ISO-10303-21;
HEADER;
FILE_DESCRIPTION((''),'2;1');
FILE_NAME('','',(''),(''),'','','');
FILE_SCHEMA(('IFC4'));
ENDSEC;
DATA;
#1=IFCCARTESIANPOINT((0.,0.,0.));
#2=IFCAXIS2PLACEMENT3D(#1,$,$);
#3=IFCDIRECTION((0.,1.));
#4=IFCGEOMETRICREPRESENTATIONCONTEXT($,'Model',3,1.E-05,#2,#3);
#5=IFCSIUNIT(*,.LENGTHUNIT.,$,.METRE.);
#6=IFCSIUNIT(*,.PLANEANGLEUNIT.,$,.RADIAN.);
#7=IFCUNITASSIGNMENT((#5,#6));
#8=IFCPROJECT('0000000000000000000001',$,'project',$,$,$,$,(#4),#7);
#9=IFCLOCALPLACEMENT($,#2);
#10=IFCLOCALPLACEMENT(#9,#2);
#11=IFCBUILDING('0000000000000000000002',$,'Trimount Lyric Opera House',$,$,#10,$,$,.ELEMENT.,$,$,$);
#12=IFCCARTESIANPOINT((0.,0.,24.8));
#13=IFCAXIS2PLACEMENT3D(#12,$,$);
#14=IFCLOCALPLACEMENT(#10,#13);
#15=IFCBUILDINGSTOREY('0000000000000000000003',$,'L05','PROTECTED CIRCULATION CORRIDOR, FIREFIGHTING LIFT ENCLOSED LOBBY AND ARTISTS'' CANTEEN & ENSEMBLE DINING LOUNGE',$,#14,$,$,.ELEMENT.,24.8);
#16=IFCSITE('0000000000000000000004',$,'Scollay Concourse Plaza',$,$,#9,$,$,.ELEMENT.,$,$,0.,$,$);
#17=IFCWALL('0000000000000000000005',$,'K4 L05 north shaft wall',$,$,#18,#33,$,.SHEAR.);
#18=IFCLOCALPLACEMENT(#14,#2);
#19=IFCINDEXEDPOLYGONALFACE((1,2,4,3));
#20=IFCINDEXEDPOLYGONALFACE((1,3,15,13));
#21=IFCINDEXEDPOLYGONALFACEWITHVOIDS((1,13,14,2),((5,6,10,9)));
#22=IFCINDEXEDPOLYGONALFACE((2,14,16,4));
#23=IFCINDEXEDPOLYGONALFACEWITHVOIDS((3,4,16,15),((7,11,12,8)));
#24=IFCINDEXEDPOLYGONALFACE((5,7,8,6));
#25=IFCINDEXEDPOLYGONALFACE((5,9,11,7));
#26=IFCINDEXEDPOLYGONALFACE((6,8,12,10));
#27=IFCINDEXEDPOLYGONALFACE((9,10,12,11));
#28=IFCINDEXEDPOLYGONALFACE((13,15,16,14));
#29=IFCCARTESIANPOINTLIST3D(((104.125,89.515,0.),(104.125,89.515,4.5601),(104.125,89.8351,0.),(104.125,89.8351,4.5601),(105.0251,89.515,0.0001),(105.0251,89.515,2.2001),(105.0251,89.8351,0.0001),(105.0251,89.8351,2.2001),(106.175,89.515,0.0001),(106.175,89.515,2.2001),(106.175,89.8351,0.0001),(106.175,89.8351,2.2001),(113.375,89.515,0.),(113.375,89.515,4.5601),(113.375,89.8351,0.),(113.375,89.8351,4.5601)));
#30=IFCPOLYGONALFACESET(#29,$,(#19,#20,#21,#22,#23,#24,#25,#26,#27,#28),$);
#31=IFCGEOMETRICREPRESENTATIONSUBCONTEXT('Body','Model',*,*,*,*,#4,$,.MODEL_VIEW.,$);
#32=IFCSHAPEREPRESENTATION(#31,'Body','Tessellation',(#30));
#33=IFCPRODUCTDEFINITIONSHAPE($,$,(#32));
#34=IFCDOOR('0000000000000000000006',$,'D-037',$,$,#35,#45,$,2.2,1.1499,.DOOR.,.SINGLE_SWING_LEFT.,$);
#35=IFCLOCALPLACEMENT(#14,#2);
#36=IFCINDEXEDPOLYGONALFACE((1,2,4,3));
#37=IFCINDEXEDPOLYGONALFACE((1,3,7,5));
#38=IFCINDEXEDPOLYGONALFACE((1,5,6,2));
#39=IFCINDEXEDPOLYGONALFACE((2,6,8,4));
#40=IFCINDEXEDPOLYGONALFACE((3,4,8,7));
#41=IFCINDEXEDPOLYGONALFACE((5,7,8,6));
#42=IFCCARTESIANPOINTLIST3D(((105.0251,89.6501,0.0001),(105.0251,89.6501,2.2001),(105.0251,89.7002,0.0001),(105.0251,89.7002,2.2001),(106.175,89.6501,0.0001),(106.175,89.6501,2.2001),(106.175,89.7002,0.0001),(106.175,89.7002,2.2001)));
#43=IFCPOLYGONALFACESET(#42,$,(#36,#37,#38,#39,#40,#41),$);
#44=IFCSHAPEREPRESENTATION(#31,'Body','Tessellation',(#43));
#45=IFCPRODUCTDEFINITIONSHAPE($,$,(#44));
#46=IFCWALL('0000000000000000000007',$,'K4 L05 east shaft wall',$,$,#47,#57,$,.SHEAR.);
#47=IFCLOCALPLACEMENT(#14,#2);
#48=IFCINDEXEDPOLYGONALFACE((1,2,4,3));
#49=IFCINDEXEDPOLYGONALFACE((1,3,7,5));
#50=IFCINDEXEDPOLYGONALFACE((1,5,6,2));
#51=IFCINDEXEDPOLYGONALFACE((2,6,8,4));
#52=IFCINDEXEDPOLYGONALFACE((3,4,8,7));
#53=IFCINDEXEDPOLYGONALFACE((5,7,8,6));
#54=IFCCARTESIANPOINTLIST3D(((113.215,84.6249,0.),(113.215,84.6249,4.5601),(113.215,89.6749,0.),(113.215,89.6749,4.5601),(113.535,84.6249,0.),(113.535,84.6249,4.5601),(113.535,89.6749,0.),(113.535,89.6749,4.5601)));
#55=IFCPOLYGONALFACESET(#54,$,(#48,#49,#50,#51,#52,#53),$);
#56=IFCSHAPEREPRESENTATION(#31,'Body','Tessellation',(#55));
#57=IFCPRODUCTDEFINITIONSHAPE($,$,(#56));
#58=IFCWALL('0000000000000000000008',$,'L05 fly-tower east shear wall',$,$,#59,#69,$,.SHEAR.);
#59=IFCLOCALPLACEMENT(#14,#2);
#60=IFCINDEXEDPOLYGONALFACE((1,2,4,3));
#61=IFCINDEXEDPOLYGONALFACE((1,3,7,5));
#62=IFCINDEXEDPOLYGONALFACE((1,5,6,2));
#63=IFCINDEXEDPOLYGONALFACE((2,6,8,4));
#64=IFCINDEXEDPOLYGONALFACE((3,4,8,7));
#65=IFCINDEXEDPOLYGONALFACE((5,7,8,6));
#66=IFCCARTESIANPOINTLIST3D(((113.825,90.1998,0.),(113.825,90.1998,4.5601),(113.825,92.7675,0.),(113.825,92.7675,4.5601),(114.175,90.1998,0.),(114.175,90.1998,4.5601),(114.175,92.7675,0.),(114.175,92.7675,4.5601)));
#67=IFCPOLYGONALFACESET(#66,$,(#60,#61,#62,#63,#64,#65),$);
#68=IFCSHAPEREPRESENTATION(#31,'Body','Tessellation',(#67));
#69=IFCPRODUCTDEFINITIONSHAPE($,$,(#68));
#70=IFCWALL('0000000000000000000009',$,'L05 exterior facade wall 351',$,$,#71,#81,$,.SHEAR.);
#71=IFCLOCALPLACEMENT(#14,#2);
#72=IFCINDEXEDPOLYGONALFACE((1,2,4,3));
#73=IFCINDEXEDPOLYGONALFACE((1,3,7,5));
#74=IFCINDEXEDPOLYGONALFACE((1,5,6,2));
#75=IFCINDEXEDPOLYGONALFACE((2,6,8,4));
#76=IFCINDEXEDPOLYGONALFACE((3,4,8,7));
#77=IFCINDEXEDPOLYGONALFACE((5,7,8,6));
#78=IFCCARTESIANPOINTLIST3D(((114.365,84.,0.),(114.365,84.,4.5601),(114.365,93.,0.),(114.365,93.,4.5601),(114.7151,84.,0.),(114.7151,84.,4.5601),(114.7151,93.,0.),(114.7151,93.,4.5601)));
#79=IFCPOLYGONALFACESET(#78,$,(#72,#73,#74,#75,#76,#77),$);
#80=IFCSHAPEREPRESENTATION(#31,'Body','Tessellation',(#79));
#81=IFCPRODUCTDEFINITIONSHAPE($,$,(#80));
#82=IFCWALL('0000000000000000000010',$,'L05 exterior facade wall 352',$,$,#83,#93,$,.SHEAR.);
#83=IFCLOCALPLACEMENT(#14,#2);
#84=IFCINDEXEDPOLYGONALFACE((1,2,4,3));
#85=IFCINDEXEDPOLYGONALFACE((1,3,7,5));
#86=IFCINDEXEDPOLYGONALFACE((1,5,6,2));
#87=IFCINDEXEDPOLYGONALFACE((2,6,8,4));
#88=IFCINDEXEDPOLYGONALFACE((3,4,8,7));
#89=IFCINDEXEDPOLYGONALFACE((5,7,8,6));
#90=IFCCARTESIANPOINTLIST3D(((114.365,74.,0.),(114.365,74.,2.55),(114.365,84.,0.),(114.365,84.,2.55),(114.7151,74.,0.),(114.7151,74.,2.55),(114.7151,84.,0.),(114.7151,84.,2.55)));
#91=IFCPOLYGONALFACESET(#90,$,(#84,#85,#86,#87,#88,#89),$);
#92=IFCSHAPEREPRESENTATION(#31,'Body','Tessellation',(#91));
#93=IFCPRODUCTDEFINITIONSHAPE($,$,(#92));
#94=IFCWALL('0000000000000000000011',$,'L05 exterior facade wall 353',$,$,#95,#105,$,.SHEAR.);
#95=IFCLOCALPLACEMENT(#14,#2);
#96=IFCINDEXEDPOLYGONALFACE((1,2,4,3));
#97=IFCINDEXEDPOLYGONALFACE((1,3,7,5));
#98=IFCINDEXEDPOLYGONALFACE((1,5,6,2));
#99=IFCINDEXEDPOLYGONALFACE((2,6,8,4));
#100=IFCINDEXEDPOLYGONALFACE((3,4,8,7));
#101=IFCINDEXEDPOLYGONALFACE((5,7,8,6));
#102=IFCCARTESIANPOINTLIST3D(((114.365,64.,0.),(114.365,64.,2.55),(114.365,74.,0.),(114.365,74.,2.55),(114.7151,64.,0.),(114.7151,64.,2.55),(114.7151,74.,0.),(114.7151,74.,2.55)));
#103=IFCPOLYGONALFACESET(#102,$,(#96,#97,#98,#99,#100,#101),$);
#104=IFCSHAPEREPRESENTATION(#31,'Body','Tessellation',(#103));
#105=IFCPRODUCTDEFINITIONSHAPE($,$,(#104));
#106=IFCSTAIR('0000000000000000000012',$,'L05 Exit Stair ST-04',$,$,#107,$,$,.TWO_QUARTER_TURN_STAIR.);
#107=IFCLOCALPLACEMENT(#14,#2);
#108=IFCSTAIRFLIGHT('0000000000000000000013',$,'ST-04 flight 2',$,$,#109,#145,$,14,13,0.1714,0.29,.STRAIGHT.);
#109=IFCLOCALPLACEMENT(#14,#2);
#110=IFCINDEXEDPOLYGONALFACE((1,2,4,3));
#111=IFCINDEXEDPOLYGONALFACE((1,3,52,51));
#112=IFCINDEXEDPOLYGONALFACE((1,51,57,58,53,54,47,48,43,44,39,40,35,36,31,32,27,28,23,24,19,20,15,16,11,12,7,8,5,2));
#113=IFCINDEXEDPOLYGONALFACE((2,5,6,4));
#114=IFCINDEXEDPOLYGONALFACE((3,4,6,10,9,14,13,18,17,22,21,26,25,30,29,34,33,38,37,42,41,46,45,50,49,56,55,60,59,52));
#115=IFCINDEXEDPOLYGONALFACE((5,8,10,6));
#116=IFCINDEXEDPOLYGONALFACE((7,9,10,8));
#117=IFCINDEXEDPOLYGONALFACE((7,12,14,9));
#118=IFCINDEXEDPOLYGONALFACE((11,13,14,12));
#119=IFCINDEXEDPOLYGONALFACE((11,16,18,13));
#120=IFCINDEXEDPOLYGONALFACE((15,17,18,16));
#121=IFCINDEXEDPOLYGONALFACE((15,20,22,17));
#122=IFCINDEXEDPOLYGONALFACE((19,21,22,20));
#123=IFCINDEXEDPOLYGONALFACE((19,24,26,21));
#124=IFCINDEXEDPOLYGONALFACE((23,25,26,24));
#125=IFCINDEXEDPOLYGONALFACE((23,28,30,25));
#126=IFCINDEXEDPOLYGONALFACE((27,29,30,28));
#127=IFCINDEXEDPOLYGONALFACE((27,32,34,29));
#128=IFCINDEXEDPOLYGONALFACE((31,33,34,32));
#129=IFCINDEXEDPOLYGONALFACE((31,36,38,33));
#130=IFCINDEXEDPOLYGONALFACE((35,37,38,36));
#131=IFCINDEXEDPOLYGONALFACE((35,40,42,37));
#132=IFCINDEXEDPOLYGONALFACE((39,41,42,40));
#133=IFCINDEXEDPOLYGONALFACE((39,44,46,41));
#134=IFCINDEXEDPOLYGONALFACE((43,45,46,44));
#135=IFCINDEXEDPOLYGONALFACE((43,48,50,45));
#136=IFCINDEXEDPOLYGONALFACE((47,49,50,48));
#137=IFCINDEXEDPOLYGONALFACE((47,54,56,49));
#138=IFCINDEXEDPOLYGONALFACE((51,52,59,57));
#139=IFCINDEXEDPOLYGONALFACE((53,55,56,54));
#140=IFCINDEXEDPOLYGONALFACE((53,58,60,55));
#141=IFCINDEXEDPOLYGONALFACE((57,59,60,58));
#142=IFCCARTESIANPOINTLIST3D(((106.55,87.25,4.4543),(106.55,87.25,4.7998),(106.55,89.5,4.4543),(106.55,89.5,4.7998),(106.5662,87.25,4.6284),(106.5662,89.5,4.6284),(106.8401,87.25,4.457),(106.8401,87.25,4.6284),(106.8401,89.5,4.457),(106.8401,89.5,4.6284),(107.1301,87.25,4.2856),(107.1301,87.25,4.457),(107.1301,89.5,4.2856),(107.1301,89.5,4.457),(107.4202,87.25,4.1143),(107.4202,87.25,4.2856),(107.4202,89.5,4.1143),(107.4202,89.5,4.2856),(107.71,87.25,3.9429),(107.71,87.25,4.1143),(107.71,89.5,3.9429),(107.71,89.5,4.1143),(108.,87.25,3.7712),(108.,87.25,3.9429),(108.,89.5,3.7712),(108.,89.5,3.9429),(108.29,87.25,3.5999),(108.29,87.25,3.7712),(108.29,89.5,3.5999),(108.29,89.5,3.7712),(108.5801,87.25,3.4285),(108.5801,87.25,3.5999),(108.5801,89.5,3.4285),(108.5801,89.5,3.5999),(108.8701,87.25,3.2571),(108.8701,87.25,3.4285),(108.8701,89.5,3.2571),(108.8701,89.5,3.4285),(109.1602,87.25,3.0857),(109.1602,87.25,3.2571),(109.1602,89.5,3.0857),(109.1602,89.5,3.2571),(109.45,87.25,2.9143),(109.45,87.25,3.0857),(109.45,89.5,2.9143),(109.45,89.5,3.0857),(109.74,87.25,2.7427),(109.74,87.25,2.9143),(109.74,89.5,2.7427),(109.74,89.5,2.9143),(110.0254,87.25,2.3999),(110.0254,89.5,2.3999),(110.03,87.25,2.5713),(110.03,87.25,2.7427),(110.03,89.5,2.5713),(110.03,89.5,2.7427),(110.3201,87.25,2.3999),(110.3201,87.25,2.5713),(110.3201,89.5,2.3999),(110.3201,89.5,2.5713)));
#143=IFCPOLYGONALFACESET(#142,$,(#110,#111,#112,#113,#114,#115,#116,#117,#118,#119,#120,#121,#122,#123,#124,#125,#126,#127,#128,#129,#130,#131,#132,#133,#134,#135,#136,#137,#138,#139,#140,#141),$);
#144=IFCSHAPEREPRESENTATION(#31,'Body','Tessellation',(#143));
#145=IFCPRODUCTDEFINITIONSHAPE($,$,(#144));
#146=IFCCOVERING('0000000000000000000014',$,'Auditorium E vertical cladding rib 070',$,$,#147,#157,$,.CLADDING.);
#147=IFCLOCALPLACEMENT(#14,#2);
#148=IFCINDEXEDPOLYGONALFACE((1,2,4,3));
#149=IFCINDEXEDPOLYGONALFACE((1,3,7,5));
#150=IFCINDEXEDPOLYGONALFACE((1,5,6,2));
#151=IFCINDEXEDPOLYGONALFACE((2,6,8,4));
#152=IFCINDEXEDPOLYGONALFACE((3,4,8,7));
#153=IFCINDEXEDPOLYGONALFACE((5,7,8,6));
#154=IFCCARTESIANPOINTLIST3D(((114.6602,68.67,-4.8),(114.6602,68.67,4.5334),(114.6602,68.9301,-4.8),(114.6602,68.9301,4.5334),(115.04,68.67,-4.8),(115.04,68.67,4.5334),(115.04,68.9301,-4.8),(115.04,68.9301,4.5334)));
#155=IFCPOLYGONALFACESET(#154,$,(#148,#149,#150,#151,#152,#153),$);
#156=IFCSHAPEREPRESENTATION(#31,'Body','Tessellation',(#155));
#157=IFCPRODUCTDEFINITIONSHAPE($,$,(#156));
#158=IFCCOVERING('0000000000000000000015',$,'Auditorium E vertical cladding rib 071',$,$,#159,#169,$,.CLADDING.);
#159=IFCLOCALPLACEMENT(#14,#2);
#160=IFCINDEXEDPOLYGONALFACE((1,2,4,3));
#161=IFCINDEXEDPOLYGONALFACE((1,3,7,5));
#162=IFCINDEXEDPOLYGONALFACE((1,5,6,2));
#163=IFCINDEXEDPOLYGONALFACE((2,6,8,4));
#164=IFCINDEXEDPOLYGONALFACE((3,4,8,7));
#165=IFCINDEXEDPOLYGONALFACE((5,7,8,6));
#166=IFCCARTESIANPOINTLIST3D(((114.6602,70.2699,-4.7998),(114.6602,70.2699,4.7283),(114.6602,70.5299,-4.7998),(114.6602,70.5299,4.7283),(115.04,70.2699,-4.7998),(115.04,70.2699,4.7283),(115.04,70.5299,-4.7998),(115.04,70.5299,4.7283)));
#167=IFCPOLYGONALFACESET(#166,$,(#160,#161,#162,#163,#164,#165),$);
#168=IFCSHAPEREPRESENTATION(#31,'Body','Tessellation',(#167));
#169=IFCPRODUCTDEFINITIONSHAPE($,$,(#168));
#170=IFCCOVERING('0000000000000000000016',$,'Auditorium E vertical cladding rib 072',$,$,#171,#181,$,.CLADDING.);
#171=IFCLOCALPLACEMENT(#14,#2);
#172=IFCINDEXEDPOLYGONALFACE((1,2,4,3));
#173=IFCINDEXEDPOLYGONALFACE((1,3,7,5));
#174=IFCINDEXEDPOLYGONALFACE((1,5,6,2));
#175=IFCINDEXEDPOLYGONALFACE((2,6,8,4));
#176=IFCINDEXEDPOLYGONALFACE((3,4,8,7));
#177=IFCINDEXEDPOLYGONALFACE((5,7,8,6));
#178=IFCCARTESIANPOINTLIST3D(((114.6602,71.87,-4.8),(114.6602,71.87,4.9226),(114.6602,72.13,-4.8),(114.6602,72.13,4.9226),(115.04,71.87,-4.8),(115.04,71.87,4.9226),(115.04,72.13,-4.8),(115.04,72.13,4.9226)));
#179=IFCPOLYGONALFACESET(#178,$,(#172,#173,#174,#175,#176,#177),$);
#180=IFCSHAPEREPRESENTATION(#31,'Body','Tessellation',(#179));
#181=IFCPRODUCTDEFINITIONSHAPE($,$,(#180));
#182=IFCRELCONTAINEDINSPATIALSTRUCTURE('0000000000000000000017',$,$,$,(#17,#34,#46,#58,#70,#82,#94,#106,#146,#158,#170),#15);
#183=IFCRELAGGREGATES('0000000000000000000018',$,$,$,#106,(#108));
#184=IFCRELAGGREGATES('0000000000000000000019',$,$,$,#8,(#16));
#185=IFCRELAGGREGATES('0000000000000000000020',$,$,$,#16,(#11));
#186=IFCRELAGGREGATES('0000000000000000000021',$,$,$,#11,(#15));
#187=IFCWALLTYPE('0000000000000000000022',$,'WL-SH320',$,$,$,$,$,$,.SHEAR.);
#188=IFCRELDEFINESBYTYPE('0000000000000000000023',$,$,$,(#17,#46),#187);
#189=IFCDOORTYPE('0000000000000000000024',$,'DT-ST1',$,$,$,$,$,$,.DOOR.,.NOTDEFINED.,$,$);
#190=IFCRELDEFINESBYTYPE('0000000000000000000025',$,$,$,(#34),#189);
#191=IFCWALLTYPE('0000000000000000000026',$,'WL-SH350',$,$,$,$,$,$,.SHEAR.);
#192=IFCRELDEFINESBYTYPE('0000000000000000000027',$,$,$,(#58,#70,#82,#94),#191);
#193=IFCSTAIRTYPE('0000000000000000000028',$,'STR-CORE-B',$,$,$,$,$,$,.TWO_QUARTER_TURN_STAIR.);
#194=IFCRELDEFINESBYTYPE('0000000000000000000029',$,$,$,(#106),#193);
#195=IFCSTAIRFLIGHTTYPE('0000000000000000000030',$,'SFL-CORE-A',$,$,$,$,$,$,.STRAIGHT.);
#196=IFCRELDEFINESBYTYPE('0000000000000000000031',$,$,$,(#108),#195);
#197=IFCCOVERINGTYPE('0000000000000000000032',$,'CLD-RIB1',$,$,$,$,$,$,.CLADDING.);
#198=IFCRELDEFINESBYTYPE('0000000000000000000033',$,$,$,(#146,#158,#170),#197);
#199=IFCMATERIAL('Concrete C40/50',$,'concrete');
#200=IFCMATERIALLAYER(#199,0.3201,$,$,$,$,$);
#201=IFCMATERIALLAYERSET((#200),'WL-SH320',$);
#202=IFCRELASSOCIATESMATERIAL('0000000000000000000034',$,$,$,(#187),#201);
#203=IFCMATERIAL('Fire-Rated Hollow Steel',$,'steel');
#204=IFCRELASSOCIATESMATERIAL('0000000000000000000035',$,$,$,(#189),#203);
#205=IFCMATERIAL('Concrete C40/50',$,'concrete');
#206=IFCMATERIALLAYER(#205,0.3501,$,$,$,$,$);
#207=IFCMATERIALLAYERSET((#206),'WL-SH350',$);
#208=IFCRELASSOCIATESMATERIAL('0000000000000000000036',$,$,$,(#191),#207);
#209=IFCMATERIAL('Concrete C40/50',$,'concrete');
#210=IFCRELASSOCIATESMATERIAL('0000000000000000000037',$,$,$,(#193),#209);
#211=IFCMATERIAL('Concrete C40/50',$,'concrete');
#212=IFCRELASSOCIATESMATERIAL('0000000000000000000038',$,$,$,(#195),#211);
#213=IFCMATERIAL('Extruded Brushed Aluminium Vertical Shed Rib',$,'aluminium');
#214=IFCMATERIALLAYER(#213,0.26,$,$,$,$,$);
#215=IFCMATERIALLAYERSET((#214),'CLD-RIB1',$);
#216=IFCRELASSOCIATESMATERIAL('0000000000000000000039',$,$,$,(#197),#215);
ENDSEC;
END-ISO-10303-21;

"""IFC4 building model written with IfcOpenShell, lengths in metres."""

from ifc_helpers import new_model, si_unit, direction, frame, frame_2d, origin, origin_2d, place, context, subcontext, project, spatial, polyline, rectangle, outline, extrude, material, layer, layer_set, type_object, element, fill, aggregate, save


model = new_model("IFC4")

# Units and contexts
model_context = context("Model", 3, precision=1e-05, world=origin(), true_north=direction((0.0, 1.0)))
body_context = subcontext(model_context, "Body", "Model", "MODEL_VIEW")
ifc_project = project(units=[si_unit("LENGTHUNIT", "METRE"), si_unit("PLANEANGLEUNIT", "RADIAN")], contexts=[model_context])

# Site, building, storey
site_placement = place(None, origin())
site = spatial("IfcSite", under=ifc_project, at=site_placement, Name="Scollay Concourse Plaza", CompositionType="ELEMENT", RefElevation=0.0)
building_placement = place(site_placement, origin())
building = spatial("IfcBuilding", under=site, at=building_placement, Name="Trimount Lyric Opera House", CompositionType="ELEMENT")
storey_placement = place(building_placement, frame((0.0, 0.0, 24.8)))
storey = spatial("IfcBuildingStorey", under=building, at=storey_placement, Name="L05", Description="PROTECTED CIRCULATION CORRIDOR, FIREFIGHTING LIFT ENCLOSED LOBBY AND ARTISTS' CANTEEN & ENSEMBLE DINING LOUNGE", CompositionType="ELEMENT", Elevation=24.8)

# Wall, opening, door
ifc_material_1 = material(Name="Concrete C40/50", Category="concrete")
ifc_layer_1 = layer(ifc_material_1, 0.3201)
ifc_layer_set_1 = layer_set([ifc_layer_1], Name="WL-SH320")
wall_type_1 = type_object("IfcWallType", Name="WL-SH320", PredefinedType="SHEAR", material=ifc_layer_set_1)
wall_1_placement = place(storey_placement, frame((113.375, 89.675, 0.0), z_axis=(0.0, 0.0, 1.0), x_axis=(-1.0, 0.0, 0.0)))
wall_1 = element("IfcWall", 1, at=wall_1_placement, inside=storey, type_object=wall_type_1, Name="K4 L05 north shaft wall", PredefinedType="SHEAR", context=body_context, shape_type="SweptSolid", body=[
    extrude(rectangle(XDim=9.25, YDim=0.3201, at=frame_2d((4.625, 0.0))), origin(), (0.0, 0.0, 1.0), 4.5601),
])
opening_placement = place(wall_1_placement, frame((7.2, 0.0, 0.0)))
opening = element("IfcOpeningElement", 2, at=opening_placement, cuts=wall_1, PredefinedType="OPENING", context=body_context, shape_type="SweptSolid", body=[
    extrude(rectangle(XDim=1.1499, YDim=2.2, at=frame_2d((0.575, 1.1001))), frame((0.0, 0.1699, 0.0), z_axis=(0.0, -1.0, 0.0), x_axis=(1.0, 0.0, 0.0)), (0.0, 0.0, 1.0), 0.3401),
])
ifc_material_2 = material(Name="Fire-Rated Hollow Steel", Category="steel")
door_type = type_object("IfcDoorType", Name="DT-ST1", OperationType="NOTDEFINED", PredefinedType="DOOR", material=ifc_material_2)
door_placement = place(opening_placement, origin())
door = element("IfcDoor", 3, at=door_placement, inside=storey, type_object=door_type, Name="D-037", OperationType="SINGLE_SWING_LEFT", OverallHeight=2.2, OverallWidth=1.1499, PredefinedType="DOOR", context=body_context, shape_type="SweptSolid", body=[
    extrude(rectangle(XDim=1.1499, YDim=2.2, at=frame_2d((0.575, 1.1001))), frame((0.0, 0.0249, 0.0), z_axis=(0.0, -1.0, 0.0), x_axis=(1.0, 0.0, 0.0)), (0.0, 0.0, 1.0), 0.05),
])
fill(opening, door)

# Walls
wall_2_placement = place(storey_placement, frame((113.375, 84.625, 0.0), z_axis=(0.0, 0.0, 1.0), x_axis=(0.0, 1.0, 0.0)))
element("IfcWall", 4, at=wall_2_placement, inside=storey, type_object=wall_type_1, Name="K4 L05 east shaft wall", PredefinedType="SHEAR", context=body_context, shape_type="SweptSolid", body=[
    extrude(rectangle(XDim=5.05, YDim=0.3201, at=frame_2d((2.5249, 0.0))), origin(), (0.0, 0.0, 1.0), 4.5601),
])
ifc_material_3 = material(Name="Concrete C40/50", Category="concrete")
ifc_layer_2 = layer(ifc_material_3, 0.3501)
ifc_layer_set_2 = layer_set([ifc_layer_2], Name="WL-SH350")
wall_type_2 = type_object("IfcWallType", Name="WL-SH350", PredefinedType="SHEAR", material=ifc_layer_set_2)
wall_3_placement = place(storey_placement, frame((114.0, 90.2, 0.0), z_axis=(0.0, 0.0, 1.0), x_axis=(0.0, 1.0, 0.0)))
element("IfcWall", 5, at=wall_3_placement, inside=storey, type_object=wall_type_2, Name="L05 fly-tower east shear wall", PredefinedType="SHEAR", context=body_context, shape_type="SweptSolid", body=[
    extrude(rectangle(XDim=2.5676, YDim=0.3501, at=frame_2d((1.2837, 0.0))), origin(), (0.0, 0.0, 1.0), 4.5601),
])
wall_4_placement = place(storey_placement, frame((114.54, 93.0, 0.0), z_axis=(0.0, 0.0, 1.0), x_axis=(0.0, -1.0, 0.0)))
element("IfcWall", 6, at=wall_4_placement, inside=storey, type_object=wall_type_2, Name="L05 exterior facade wall 351", PredefinedType="SHEAR", context=body_context, shape_type="SweptSolid", body=[
    extrude(rectangle(XDim=9.0, YDim=0.3501, at=frame_2d((4.5, 0.0))), origin(), (0.0, 0.0, 1.0), 4.5601),
])
for number, where, z_axis, x_axis, name in (
    (7, (114.54, 84.0, 0.0), (0.0, 0.0, 1.0), (0.0, -1.0, 0.0), "L05 exterior facade wall 352"),
    (8, (114.54, 74.0, 0.0), (0.0, 0.0, 1.0), (0.0, -1.0, 0.0), "L05 exterior facade wall 353"),
):
    element("IfcWall", number, at=place(storey_placement, frame(where, z_axis=z_axis, x_axis=x_axis)), inside=storey, type_object=wall_type_2, Name=name, PredefinedType="SHEAR", context=body_context, shape_type="SweptSolid", body=[
        extrude(rectangle(XDim=10.0, YDim=0.3501, at=frame_2d((5.0, 0.0))), origin(), (0.0, 0.0, 1.0), 2.55),
    ])

# Stair, stair flight
ifc_material_4 = material(Name="Concrete C40/50", Category="concrete")
stair_type = type_object("IfcStairType", Name="STR-CORE-B", PredefinedType="TWO_QUARTER_TURN_STAIR", material=ifc_material_4)
stair_placement = place(storey_placement, origin())
stair = element("IfcStair", 9, at=stair_placement, inside=storey, type_object=stair_type, Name="L05 Exit Stair ST-04", PredefinedType="TWO_QUARTER_TURN_STAIR")
ifc_material_5 = material(Name="Concrete C40/50", Category="concrete")
stair_flight_type = type_object("IfcStairFlightType", Name="SFL-CORE-A", PredefinedType="STRAIGHT", material=ifc_material_5)
stair_flight_placement = place(storey_placement, frame((110.3201, 88.375, 2.3999), z_axis=(0.0, 0.0, 1.0), x_axis=(-1.0, 0.0, 0.0)))
stair_flight = element("IfcStairFlight", 10, at=stair_flight_placement, type_object=stair_flight_type, Name="ST-04 flight 2", NumberOfRisers=14, NumberOfTreads=13, PredefinedType="STRAIGHT", RiserHeight=0.1714, TreadLength=0.29, context=body_context, shape_type="SweptSolid", body=[
    extrude(outline(polyline([(0.0, 0.0), (0.0, 0.1714), (0.29, 0.1714), (0.29, 0.3428), (0.5801, 0.3428), (0.5801, 0.5144), (0.8701, 0.5144), (0.8701, 0.6858), (1.1599, 0.6858), (1.1599, 0.8572), (1.45, 0.8572), (1.45, 1.0286), (1.74, 1.0286), (1.74, 1.2), (2.03, 1.2), (2.03, 1.3713), (2.3201, 1.3713), (2.3201, 1.543), (2.6101, 1.543), (2.6101, 1.7144), (2.8999, 1.7144), (2.8999, 1.8857), (3.1899, 1.8857), (3.1899, 2.0571), (3.48, 2.0571), (3.48, 2.2285), (3.7539, 2.2285), (3.77, 2.3999), (3.77, 2.0544), (0.2947, 0.0), (0.0, 0.0)])), frame((0.0, 1.125, 0.0), z_axis=(0.0, -1.0, 0.0), x_axis=(1.0, 0.0, 0.0)), (0.0, 0.0, 1.0), 2.25),
])
aggregate(stair, [stair_flight])

# Coverings
ifc_material_6 = material(Name="Extruded Brushed Aluminium Vertical Shed Rib", Category="aluminium")
ifc_layer_3 = layer(ifc_material_6, 0.26)
ifc_layer_set_3 = layer_set([ifc_layer_3], Name="CLD-RIB1")
covering_type = type_object("IfcCoveringType", Name="CLD-RIB1", PredefinedType="CLADDING", material=ifc_layer_set_3)
covering_1_placement = place(storey_placement, frame((114.8501, 68.8, -4.8), z_axis=(0.0, 0.0, 1.0), x_axis=(1.0, 0.0, 0.0)))
element("IfcCovering", 11, at=covering_1_placement, inside=storey, type_object=covering_type, Name="Auditorium E vertical cladding rib 070", PredefinedType="CLADDING", context=body_context, shape_type="SweptSolid", body=[
    extrude(rectangle(XDim=0.3799, YDim=0.26, at=origin_2d()), origin(), (0.0, 0.0, 1.0), 9.3335),
])
covering_2_placement = place(storey_placement, frame((114.8501, 70.3999, -4.7998), z_axis=(0.0, 0.0, 1.0), x_axis=(1.0, 0.0, 0.0)))
element("IfcCovering", 12, at=covering_2_placement, inside=storey, type_object=covering_type, Name="Auditorium E vertical cladding rib 071", PredefinedType="CLADDING", context=body_context, shape_type="SweptSolid", body=[
    extrude(rectangle(XDim=0.3799, YDim=0.26, at=origin_2d()), origin(), (0.0, 0.0, 1.0), 9.5281),
])
covering_3_placement = place(storey_placement, frame((114.8501, 72.0, -4.8), z_axis=(0.0, 0.0, 1.0), x_axis=(1.0, 0.0, 0.0)))
element("IfcCovering", 13, at=covering_3_placement, inside=storey, type_object=covering_type, Name="Auditorium E vertical cladding rib 072", PredefinedType="CLADDING", context=body_context, shape_type="SweptSolid", body=[
    extrude(rectangle(XDim=0.3799, YDim=0.26, at=origin_2d()), origin(), (0.0, 0.0, 1.0), 9.7227),
])

save(model, "model.ifc")
